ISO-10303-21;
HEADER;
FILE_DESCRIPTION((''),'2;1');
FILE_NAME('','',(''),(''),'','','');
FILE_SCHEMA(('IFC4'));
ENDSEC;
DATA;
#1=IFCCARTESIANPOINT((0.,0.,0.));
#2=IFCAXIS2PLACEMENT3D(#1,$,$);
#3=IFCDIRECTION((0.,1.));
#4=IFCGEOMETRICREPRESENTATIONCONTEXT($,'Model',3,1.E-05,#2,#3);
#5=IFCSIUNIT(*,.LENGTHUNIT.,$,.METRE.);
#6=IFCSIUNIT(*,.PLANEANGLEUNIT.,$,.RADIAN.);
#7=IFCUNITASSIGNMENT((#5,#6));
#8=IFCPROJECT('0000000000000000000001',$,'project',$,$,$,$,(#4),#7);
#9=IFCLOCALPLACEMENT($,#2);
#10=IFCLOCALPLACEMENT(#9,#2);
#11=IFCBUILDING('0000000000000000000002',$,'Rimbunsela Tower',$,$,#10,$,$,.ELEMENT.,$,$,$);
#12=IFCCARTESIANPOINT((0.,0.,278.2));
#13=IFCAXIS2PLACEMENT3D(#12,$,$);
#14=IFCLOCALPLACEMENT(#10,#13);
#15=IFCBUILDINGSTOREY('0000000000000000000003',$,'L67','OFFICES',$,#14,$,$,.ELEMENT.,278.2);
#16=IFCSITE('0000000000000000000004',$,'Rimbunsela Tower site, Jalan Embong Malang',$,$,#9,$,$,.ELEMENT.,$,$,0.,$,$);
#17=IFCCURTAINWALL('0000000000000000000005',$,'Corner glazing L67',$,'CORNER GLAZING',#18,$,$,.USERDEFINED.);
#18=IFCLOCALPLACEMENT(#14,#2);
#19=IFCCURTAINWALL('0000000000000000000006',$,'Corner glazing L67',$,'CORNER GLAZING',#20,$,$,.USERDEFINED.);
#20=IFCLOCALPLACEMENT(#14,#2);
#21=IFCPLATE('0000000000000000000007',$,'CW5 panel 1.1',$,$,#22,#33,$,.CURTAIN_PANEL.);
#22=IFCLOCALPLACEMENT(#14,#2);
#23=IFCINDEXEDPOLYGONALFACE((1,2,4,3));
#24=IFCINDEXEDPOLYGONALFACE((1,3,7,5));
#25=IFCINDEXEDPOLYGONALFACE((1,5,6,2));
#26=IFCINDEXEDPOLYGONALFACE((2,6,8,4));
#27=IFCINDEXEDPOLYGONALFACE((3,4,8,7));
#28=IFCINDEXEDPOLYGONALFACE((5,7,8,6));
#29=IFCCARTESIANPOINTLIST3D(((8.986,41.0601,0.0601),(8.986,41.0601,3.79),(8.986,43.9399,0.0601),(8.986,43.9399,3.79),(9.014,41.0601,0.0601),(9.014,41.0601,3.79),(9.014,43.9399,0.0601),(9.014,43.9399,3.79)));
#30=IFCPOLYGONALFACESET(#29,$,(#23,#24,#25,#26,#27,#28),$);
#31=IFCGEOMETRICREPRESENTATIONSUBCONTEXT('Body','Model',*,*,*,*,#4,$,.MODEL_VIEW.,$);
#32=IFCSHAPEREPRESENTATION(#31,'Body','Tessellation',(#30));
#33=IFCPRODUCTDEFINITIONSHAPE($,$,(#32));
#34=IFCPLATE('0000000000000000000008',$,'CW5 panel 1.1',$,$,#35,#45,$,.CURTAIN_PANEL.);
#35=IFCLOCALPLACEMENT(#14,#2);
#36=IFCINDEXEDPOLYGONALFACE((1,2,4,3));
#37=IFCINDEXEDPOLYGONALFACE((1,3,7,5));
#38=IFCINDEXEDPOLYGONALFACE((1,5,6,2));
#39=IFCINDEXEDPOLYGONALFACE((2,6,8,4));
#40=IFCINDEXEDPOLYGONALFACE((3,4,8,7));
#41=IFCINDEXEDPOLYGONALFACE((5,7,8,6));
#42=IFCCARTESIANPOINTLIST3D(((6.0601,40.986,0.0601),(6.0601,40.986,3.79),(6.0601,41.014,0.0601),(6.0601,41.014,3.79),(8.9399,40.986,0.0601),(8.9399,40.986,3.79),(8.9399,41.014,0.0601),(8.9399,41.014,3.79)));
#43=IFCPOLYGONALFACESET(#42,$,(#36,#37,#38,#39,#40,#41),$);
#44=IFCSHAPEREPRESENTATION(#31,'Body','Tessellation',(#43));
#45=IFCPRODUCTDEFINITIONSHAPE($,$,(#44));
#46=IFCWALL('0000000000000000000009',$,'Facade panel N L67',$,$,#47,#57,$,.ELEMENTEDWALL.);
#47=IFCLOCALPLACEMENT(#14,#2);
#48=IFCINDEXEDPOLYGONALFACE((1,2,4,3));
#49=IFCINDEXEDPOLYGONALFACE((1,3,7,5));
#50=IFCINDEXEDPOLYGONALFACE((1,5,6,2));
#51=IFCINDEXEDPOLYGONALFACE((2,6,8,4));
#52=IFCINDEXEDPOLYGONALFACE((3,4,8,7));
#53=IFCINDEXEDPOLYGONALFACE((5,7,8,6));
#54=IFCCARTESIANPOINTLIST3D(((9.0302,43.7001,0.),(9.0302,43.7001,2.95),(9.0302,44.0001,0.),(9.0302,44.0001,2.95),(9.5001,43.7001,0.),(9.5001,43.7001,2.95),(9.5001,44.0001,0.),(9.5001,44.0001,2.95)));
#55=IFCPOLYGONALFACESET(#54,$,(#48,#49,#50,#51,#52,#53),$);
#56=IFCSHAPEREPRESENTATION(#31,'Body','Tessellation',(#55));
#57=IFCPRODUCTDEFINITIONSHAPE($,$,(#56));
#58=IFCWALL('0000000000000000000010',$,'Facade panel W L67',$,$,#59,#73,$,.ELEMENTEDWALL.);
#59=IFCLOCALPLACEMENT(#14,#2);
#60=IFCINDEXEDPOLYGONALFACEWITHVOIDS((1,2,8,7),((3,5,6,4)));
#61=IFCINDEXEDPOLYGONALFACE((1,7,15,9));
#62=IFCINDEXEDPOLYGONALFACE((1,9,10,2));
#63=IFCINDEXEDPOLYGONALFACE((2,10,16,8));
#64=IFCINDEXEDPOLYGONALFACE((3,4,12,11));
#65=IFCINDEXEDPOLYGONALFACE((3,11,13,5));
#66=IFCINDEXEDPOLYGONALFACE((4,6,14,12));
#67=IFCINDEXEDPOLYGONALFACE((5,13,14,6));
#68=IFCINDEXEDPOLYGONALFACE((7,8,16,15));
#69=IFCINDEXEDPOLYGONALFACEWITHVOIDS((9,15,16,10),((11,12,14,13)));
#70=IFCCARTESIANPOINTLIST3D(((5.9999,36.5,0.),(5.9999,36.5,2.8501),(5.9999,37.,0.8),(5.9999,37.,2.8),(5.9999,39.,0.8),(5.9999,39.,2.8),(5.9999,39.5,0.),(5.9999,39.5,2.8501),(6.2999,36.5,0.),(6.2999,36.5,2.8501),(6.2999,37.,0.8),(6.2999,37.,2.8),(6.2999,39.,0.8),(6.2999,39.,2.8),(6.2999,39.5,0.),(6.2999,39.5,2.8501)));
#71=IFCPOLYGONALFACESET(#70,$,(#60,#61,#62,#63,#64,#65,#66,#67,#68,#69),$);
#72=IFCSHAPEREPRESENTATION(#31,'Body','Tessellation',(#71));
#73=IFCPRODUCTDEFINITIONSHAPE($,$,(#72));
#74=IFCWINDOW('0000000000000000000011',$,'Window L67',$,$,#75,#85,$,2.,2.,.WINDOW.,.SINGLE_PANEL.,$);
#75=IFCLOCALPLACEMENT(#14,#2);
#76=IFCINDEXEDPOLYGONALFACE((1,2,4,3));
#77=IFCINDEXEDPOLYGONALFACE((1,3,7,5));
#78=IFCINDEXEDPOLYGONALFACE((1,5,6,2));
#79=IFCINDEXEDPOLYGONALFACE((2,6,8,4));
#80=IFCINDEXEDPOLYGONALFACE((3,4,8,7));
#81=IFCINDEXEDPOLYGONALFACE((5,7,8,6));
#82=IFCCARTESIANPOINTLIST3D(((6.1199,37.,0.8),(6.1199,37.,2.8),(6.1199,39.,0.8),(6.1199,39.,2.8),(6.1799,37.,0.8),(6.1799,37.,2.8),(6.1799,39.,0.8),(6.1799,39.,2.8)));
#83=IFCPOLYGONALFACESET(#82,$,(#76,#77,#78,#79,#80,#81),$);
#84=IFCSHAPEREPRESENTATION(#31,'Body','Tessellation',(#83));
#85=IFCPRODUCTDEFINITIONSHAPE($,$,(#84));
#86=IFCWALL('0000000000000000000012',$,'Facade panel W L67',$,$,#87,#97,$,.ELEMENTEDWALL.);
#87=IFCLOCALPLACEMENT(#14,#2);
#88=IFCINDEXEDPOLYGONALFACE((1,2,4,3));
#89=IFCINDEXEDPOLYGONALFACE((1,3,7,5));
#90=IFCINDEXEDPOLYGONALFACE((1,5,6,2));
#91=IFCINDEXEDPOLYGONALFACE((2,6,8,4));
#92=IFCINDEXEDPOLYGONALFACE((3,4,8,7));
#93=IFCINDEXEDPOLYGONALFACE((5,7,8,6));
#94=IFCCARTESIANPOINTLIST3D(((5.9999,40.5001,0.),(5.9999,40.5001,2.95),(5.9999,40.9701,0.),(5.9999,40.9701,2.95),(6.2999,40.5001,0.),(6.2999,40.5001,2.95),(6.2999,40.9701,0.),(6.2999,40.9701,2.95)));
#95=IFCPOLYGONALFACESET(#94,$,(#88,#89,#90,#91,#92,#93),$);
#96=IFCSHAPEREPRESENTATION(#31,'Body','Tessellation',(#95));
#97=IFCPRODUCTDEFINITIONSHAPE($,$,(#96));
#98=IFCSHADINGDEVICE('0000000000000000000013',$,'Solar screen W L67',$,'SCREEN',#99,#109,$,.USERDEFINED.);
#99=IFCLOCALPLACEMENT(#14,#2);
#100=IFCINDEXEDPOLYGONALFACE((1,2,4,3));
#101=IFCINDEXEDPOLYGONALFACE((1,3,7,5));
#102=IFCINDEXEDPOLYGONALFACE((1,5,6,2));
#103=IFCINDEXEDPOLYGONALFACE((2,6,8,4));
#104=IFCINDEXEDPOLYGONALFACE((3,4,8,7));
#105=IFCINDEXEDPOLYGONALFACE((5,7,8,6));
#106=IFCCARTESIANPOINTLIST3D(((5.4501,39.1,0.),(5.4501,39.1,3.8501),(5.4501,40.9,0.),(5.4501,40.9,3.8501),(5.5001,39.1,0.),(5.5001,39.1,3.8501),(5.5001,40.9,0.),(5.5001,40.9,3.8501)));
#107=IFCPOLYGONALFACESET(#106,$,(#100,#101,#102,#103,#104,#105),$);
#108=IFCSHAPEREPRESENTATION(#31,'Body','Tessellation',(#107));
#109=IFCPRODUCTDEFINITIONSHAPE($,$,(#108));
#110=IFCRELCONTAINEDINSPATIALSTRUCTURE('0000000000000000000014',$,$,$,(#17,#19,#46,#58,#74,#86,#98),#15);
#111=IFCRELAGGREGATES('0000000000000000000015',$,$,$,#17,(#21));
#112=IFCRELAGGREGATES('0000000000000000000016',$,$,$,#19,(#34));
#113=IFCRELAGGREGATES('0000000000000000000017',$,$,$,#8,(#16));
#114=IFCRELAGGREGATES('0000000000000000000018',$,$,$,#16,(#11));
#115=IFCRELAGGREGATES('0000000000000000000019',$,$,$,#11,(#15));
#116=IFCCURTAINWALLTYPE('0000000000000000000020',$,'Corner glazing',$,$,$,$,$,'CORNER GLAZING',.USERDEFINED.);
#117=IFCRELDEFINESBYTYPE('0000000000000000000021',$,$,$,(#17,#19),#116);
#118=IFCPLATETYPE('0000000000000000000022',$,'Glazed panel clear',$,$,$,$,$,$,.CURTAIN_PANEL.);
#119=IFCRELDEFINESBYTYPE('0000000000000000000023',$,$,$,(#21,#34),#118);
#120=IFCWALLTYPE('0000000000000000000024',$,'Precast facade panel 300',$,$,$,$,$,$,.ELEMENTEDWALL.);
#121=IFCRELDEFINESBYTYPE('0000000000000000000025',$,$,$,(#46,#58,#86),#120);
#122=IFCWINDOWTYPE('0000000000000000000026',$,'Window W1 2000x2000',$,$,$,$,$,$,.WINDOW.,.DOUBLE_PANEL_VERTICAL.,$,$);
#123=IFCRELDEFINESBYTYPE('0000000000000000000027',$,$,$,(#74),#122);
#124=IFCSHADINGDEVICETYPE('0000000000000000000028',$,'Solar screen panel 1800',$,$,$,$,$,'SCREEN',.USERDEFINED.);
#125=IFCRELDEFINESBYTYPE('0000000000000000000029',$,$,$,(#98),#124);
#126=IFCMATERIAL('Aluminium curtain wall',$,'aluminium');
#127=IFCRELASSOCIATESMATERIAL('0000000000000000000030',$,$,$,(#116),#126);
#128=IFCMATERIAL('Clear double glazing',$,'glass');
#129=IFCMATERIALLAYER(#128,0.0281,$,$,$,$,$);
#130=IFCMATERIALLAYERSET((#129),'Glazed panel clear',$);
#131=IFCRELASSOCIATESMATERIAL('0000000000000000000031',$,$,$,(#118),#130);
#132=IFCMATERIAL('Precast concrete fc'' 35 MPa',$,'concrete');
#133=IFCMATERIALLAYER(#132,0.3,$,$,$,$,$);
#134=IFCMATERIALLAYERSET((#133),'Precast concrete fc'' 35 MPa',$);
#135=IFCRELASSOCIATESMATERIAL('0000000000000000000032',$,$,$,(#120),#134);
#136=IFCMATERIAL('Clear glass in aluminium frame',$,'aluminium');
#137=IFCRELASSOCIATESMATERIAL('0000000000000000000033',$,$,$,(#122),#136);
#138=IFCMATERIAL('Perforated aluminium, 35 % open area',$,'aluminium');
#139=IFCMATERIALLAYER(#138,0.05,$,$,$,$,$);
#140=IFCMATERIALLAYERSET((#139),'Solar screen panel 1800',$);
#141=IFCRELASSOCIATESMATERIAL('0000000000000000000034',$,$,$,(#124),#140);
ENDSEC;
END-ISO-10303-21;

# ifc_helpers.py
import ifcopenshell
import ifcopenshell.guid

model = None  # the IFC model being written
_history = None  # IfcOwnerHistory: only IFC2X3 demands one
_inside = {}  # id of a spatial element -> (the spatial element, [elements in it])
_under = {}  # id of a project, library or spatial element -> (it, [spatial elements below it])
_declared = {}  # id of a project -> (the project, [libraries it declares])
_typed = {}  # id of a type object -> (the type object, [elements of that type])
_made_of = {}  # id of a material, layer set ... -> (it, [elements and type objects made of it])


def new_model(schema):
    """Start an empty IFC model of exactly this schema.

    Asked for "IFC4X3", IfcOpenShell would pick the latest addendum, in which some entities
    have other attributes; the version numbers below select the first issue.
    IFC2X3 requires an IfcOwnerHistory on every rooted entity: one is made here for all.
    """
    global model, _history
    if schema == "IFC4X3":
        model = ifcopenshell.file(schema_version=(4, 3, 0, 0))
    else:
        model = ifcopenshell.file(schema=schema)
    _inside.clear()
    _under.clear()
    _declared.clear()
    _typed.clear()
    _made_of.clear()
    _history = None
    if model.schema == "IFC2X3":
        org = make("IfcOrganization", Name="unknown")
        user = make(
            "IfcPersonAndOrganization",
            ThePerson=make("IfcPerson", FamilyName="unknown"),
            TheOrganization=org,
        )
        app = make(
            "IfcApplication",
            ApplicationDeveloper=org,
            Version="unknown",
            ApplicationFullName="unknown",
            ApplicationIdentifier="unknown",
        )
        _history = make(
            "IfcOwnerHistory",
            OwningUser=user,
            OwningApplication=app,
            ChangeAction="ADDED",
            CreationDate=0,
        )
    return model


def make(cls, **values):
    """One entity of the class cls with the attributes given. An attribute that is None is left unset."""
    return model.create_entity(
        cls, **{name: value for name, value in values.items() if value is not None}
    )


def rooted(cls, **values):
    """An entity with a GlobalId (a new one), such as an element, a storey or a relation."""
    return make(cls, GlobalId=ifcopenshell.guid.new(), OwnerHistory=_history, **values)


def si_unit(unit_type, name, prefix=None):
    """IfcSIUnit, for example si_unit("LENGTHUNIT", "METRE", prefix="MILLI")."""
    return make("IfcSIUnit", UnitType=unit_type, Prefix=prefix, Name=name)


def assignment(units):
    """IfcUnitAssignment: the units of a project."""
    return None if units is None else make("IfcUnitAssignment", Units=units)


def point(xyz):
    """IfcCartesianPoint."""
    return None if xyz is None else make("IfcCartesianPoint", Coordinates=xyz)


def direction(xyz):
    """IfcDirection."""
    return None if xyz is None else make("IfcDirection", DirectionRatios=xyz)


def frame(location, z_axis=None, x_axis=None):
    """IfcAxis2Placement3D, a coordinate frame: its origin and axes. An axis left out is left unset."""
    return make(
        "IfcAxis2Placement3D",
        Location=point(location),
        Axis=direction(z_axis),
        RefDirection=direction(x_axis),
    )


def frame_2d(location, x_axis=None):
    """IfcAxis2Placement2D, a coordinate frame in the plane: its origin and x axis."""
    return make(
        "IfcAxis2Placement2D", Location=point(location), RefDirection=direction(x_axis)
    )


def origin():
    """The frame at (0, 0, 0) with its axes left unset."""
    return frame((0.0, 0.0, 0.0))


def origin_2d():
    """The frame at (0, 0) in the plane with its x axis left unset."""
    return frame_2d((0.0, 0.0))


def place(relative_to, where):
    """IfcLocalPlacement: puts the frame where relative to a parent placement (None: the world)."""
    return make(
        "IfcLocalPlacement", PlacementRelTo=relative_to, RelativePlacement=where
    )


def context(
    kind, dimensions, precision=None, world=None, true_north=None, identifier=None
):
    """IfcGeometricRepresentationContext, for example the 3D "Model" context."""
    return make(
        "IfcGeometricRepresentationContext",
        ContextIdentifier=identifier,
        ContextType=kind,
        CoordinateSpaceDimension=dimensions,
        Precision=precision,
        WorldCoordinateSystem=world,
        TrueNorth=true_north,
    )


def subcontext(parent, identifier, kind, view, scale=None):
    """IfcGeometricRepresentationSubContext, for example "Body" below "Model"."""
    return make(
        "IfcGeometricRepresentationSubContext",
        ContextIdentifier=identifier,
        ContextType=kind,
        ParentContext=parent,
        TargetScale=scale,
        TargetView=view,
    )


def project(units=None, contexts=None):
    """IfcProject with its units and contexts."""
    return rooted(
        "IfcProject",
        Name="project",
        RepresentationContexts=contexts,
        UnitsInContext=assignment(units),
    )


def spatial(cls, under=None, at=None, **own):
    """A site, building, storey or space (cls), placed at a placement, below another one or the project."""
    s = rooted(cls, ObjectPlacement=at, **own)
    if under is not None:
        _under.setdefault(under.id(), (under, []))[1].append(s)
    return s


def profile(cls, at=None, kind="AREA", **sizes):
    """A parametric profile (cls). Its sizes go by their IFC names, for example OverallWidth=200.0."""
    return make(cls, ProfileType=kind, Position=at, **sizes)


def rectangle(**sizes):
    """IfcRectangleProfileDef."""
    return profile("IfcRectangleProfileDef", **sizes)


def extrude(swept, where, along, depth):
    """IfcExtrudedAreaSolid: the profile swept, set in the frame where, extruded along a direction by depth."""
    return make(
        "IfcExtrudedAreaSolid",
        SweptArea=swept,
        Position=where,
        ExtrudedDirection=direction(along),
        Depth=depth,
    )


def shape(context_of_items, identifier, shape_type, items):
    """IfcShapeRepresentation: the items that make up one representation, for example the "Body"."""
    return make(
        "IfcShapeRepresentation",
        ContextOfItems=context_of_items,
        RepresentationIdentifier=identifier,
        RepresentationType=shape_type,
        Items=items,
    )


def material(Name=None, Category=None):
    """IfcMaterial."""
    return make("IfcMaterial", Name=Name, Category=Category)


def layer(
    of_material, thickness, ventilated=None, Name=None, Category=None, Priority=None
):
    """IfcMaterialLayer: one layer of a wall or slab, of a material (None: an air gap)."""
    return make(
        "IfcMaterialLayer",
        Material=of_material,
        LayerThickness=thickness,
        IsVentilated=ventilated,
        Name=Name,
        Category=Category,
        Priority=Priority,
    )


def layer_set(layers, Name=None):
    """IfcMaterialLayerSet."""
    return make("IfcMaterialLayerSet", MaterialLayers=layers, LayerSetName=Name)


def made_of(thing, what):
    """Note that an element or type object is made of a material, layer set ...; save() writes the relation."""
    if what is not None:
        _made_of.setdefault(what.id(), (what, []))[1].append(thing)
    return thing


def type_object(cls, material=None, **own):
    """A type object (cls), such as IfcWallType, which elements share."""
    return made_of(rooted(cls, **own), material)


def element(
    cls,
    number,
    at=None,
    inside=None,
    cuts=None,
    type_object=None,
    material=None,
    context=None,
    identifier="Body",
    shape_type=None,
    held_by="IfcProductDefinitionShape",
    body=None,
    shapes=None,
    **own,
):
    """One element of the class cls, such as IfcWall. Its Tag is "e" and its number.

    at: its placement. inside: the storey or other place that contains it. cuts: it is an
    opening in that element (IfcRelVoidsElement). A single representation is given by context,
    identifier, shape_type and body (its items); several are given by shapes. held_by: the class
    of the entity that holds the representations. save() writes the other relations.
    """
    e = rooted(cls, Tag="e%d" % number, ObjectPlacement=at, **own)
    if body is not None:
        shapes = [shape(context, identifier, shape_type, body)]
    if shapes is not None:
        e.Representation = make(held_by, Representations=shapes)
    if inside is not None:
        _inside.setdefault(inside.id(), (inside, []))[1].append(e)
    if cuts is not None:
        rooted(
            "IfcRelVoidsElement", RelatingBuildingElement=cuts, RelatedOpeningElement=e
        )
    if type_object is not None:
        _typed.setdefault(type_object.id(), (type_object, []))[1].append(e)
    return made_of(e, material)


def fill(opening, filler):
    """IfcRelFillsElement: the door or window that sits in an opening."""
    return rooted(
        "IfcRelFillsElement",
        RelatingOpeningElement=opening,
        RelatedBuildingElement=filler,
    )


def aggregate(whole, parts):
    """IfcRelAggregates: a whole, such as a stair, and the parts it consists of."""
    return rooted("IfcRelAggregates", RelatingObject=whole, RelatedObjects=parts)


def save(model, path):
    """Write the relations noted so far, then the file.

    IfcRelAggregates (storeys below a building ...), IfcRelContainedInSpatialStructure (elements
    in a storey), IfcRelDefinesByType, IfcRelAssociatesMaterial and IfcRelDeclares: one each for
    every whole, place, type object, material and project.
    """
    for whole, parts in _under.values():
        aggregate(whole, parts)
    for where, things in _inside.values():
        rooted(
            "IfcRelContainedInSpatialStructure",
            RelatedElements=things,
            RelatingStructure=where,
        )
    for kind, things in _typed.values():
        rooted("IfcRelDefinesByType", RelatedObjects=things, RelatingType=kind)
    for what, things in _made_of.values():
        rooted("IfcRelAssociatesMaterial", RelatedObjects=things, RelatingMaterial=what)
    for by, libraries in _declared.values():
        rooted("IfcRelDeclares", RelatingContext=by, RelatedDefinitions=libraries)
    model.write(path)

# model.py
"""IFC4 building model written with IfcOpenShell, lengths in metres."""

from ifc_helpers import new_model, si_unit, direction, frame, frame_2d, origin, origin_2d, place, context, subcontext, project, spatial, rectangle, extrude, material, layer, layer_set, type_object, element, fill, aggregate, save


model = new_model("IFC4")

# Units and contexts
model_context = context("Model", 3, precision=1e-05, world=origin(), true_north=direction((0.0, 1.0)))
body_context = subcontext(model_context, "Body", "Model", "MODEL_VIEW")
ifc_project = project(units=[si_unit("LENGTHUNIT", "METRE"), si_unit("PLANEANGLEUNIT", "RADIAN")], contexts=[model_context])

# Site, building, storey
site_placement = place(None, origin())
site = spatial("IfcSite", under=ifc_project, at=site_placement, Name="Rimbunsela Tower site, Jalan Embong Malang", CompositionType="ELEMENT", RefElevation=0.0)
building_placement = place(site_placement, origin())
building = spatial("IfcBuilding", under=site, at=building_placement, Name="Rimbunsela Tower", CompositionType="ELEMENT")
storey_placement = place(building_placement, frame((0.0, 0.0, 278.2)))
storey = spatial("IfcBuildingStorey", under=building, at=storey_placement, Name="L67", Description="OFFICES", CompositionType="ELEMENT", Elevation=278.2)

# Curtain walls
ifc_material_1 = material(Name="Aluminium curtain wall", Category="aluminium")
curtain_wall_type = type_object("IfcCurtainWallType", Name="Corner glazing", ElementType="CORNER GLAZING", PredefinedType="USERDEFINED", material=ifc_material_1)
curtain_wall_1_placement = place(storey_placement, origin())
curtain_wall_1 = element("IfcCurtainWall", 1, at=curtain_wall_1_placement, inside=storey, type_object=curtain_wall_type, Name="Corner glazing L67", ObjectType="CORNER GLAZING", PredefinedType="USERDEFINED")
curtain_wall_2_placement = place(storey_placement, origin())
curtain_wall_2 = element("IfcCurtainWall", 2, at=curtain_wall_2_placement, inside=storey, type_object=curtain_wall_type, Name="Corner glazing L67", ObjectType="CORNER GLAZING", PredefinedType="USERDEFINED")

# Plates
ifc_material_2 = material(Name="Clear double glazing", Category="glass")
ifc_layer_1 = layer(ifc_material_2, 0.0281)
ifc_layer_set_1 = layer_set([ifc_layer_1], Name="Glazed panel clear")
plate_type = type_object("IfcPlateType", Name="Glazed panel clear", PredefinedType="CURTAIN_PANEL", material=ifc_layer_set_1)
plate_1_placement = place(storey_placement, frame((9.0, 42.5, 0.0601), z_axis=(0.0, 0.0, 1.0), x_axis=(0.0, -1.0, 0.0)))
plate_1 = element("IfcPlate", 3, at=plate_1_placement, type_object=plate_type, Name="CW5 panel 1.1", PredefinedType="CURTAIN_PANEL", context=body_context, shape_type="SweptSolid", body=[
    extrude(rectangle(XDim=2.8799, YDim=0.0281, at=origin_2d()), origin(), (0.0, 0.0, 1.0), 3.73),
])
aggregate(curtain_wall_1, [plate_1])
plate_2_placement = place(storey_placement, frame((7.5, 41.0, 0.0601), z_axis=(0.0, 0.0, 1.0), x_axis=(-1.0, 0.0, 0.0)))
plate_2 = element("IfcPlate", 4, at=plate_2_placement, type_object=plate_type, Name="CW5 panel 1.1", PredefinedType="CURTAIN_PANEL", context=body_context, shape_type="SweptSolid", body=[
    extrude(rectangle(XDim=2.8799, YDim=0.0281, at=origin_2d()), origin(), (0.0, 0.0, 1.0), 3.73),
])
aggregate(curtain_wall_2, [plate_2])

# Wall
ifc_material_3 = material(Name="Precast concrete fc' 35 MPa", Category="concrete")
ifc_layer_2 = layer(ifc_material_3, 0.3)
ifc_layer_set_2 = layer_set([ifc_layer_2], Name="Precast concrete fc' 35 MPa")
wall_type = type_object("IfcWallType", Name="Precast facade panel 300", PredefinedType="ELEMENTEDWALL", material=ifc_layer_set_2)
wall_1_placement = place(storey_placement, frame((9.5, 43.8501, 0.0), z_axis=(0.0, 0.0, 1.0), x_axis=(-1.0, 0.0, 0.0)))
element("IfcWall", 5, at=wall_1_placement, inside=storey, type_object=wall_type, Name="Facade panel N L67", PredefinedType="ELEMENTEDWALL", context=body_context, shape_type="SweptSolid", body=[
    extrude(rectangle(XDim=0.47, YDim=0.3, at=frame_2d((0.2349, 0.0))), origin(), (0.0, 0.0, 1.0), 2.95),
])

# Wall, opening, window
wall_2_placement = place(storey_placement, frame((6.1499, 39.5, 0.0), z_axis=(0.0, 0.0, 1.0), x_axis=(0.0, -1.0, 0.0)))
wall_2 = element("IfcWall", 6, at=wall_2_placement, inside=storey, type_object=wall_type, Name="Facade panel W L67", PredefinedType="ELEMENTEDWALL", context=body_context, shape_type="SweptSolid", body=[
    extrude(rectangle(XDim=3.0, YDim=0.3, at=frame_2d((1.5, 0.0))), origin(), (0.0, 0.0, 1.0), 2.8501),
])
opening_placement = place(wall_2_placement, frame((0.5, 0.0, 0.8)))
opening = element("IfcOpeningElement", 7, at=opening_placement, cuts=wall_2, PredefinedType="OPENING", context=body_context, shape_type="SweptSolid", body=[
    extrude(rectangle(XDim=2.0, YDim=2.0, at=frame_2d((1.0, 1.0))), frame((0.0, 0.1599, 0.0), z_axis=(0.0, -1.0, 0.0), x_axis=(1.0, 0.0, 0.0)), (0.0, 0.0, 1.0), 0.3201),
])
ifc_material_4 = material(Name="Clear glass in aluminium frame", Category="aluminium")
window_type = type_object("IfcWindowType", Name="Window W1 2000x2000", PartitioningType="DOUBLE_PANEL_VERTICAL", PredefinedType="WINDOW", material=ifc_material_4)
window_placement = place(opening_placement, origin())
window = element("IfcWindow", 8, at=window_placement, inside=storey, type_object=window_type, Name="Window L67", OverallHeight=2.0, OverallWidth=2.0, PartitioningType="SINGLE_PANEL", PredefinedType="WINDOW", context=body_context, shape_type="SweptSolid", body=[
    extrude(rectangle(XDim=2.0, YDim=2.0, at=frame_2d((1.0, 1.0))), frame((0.0, 0.03, 0.0), z_axis=(0.0, -1.0, 0.0), x_axis=(1.0, 0.0, 0.0)), (0.0, 0.0, 1.0), 0.0601),
])
fill(opening, window)

# Wall
wall_3_placement = place(storey_placement, frame((6.1499, 40.97, 0.0), z_axis=(0.0, 0.0, 1.0), x_axis=(0.0, -1.0, 0.0)))
element("IfcWall", 9, at=wall_3_placement, inside=storey, type_object=wall_type, Name="Facade panel W L67", PredefinedType="ELEMENTEDWALL", context=body_context, shape_type="SweptSolid", body=[
    extrude(rectangle(XDim=0.47, YDim=0.3, at=frame_2d((0.2349, 0.0))), origin(), (0.0, 0.0, 1.0), 2.95),
])

# Shading device
ifc_material_5 = material(Name="Perforated aluminium, 35 % open area", Category="aluminium")
ifc_layer_3 = layer(ifc_material_5, 0.05)
ifc_layer_set_3 = layer_set([ifc_layer_3], Name="Solar screen panel 1800")
shading_device_type = type_object("IfcShadingDeviceType", Name="Solar screen panel 1800", ElementType="SCREEN", PredefinedType="USERDEFINED", material=ifc_layer_set_3)
shading_device_placement = place(storey_placement, frame((5.4751, 40.0, 0.0), z_axis=(0.0, 0.0, 1.0), x_axis=(0.0, 1.0, 0.0)))
element("IfcShadingDevice", 10, at=shading_device_placement, inside=storey, type_object=shading_device_type, Name="Solar screen W L67", ObjectType="SCREEN", PredefinedType="USERDEFINED", context=body_context, shape_type="SweptSolid", body=[
    extrude(rectangle(XDim=1.8, YDim=0.05, at=origin_2d()), origin(), (0.0, 0.0, 1.0), 3.8501),
])

save(model, "model.ifc")
